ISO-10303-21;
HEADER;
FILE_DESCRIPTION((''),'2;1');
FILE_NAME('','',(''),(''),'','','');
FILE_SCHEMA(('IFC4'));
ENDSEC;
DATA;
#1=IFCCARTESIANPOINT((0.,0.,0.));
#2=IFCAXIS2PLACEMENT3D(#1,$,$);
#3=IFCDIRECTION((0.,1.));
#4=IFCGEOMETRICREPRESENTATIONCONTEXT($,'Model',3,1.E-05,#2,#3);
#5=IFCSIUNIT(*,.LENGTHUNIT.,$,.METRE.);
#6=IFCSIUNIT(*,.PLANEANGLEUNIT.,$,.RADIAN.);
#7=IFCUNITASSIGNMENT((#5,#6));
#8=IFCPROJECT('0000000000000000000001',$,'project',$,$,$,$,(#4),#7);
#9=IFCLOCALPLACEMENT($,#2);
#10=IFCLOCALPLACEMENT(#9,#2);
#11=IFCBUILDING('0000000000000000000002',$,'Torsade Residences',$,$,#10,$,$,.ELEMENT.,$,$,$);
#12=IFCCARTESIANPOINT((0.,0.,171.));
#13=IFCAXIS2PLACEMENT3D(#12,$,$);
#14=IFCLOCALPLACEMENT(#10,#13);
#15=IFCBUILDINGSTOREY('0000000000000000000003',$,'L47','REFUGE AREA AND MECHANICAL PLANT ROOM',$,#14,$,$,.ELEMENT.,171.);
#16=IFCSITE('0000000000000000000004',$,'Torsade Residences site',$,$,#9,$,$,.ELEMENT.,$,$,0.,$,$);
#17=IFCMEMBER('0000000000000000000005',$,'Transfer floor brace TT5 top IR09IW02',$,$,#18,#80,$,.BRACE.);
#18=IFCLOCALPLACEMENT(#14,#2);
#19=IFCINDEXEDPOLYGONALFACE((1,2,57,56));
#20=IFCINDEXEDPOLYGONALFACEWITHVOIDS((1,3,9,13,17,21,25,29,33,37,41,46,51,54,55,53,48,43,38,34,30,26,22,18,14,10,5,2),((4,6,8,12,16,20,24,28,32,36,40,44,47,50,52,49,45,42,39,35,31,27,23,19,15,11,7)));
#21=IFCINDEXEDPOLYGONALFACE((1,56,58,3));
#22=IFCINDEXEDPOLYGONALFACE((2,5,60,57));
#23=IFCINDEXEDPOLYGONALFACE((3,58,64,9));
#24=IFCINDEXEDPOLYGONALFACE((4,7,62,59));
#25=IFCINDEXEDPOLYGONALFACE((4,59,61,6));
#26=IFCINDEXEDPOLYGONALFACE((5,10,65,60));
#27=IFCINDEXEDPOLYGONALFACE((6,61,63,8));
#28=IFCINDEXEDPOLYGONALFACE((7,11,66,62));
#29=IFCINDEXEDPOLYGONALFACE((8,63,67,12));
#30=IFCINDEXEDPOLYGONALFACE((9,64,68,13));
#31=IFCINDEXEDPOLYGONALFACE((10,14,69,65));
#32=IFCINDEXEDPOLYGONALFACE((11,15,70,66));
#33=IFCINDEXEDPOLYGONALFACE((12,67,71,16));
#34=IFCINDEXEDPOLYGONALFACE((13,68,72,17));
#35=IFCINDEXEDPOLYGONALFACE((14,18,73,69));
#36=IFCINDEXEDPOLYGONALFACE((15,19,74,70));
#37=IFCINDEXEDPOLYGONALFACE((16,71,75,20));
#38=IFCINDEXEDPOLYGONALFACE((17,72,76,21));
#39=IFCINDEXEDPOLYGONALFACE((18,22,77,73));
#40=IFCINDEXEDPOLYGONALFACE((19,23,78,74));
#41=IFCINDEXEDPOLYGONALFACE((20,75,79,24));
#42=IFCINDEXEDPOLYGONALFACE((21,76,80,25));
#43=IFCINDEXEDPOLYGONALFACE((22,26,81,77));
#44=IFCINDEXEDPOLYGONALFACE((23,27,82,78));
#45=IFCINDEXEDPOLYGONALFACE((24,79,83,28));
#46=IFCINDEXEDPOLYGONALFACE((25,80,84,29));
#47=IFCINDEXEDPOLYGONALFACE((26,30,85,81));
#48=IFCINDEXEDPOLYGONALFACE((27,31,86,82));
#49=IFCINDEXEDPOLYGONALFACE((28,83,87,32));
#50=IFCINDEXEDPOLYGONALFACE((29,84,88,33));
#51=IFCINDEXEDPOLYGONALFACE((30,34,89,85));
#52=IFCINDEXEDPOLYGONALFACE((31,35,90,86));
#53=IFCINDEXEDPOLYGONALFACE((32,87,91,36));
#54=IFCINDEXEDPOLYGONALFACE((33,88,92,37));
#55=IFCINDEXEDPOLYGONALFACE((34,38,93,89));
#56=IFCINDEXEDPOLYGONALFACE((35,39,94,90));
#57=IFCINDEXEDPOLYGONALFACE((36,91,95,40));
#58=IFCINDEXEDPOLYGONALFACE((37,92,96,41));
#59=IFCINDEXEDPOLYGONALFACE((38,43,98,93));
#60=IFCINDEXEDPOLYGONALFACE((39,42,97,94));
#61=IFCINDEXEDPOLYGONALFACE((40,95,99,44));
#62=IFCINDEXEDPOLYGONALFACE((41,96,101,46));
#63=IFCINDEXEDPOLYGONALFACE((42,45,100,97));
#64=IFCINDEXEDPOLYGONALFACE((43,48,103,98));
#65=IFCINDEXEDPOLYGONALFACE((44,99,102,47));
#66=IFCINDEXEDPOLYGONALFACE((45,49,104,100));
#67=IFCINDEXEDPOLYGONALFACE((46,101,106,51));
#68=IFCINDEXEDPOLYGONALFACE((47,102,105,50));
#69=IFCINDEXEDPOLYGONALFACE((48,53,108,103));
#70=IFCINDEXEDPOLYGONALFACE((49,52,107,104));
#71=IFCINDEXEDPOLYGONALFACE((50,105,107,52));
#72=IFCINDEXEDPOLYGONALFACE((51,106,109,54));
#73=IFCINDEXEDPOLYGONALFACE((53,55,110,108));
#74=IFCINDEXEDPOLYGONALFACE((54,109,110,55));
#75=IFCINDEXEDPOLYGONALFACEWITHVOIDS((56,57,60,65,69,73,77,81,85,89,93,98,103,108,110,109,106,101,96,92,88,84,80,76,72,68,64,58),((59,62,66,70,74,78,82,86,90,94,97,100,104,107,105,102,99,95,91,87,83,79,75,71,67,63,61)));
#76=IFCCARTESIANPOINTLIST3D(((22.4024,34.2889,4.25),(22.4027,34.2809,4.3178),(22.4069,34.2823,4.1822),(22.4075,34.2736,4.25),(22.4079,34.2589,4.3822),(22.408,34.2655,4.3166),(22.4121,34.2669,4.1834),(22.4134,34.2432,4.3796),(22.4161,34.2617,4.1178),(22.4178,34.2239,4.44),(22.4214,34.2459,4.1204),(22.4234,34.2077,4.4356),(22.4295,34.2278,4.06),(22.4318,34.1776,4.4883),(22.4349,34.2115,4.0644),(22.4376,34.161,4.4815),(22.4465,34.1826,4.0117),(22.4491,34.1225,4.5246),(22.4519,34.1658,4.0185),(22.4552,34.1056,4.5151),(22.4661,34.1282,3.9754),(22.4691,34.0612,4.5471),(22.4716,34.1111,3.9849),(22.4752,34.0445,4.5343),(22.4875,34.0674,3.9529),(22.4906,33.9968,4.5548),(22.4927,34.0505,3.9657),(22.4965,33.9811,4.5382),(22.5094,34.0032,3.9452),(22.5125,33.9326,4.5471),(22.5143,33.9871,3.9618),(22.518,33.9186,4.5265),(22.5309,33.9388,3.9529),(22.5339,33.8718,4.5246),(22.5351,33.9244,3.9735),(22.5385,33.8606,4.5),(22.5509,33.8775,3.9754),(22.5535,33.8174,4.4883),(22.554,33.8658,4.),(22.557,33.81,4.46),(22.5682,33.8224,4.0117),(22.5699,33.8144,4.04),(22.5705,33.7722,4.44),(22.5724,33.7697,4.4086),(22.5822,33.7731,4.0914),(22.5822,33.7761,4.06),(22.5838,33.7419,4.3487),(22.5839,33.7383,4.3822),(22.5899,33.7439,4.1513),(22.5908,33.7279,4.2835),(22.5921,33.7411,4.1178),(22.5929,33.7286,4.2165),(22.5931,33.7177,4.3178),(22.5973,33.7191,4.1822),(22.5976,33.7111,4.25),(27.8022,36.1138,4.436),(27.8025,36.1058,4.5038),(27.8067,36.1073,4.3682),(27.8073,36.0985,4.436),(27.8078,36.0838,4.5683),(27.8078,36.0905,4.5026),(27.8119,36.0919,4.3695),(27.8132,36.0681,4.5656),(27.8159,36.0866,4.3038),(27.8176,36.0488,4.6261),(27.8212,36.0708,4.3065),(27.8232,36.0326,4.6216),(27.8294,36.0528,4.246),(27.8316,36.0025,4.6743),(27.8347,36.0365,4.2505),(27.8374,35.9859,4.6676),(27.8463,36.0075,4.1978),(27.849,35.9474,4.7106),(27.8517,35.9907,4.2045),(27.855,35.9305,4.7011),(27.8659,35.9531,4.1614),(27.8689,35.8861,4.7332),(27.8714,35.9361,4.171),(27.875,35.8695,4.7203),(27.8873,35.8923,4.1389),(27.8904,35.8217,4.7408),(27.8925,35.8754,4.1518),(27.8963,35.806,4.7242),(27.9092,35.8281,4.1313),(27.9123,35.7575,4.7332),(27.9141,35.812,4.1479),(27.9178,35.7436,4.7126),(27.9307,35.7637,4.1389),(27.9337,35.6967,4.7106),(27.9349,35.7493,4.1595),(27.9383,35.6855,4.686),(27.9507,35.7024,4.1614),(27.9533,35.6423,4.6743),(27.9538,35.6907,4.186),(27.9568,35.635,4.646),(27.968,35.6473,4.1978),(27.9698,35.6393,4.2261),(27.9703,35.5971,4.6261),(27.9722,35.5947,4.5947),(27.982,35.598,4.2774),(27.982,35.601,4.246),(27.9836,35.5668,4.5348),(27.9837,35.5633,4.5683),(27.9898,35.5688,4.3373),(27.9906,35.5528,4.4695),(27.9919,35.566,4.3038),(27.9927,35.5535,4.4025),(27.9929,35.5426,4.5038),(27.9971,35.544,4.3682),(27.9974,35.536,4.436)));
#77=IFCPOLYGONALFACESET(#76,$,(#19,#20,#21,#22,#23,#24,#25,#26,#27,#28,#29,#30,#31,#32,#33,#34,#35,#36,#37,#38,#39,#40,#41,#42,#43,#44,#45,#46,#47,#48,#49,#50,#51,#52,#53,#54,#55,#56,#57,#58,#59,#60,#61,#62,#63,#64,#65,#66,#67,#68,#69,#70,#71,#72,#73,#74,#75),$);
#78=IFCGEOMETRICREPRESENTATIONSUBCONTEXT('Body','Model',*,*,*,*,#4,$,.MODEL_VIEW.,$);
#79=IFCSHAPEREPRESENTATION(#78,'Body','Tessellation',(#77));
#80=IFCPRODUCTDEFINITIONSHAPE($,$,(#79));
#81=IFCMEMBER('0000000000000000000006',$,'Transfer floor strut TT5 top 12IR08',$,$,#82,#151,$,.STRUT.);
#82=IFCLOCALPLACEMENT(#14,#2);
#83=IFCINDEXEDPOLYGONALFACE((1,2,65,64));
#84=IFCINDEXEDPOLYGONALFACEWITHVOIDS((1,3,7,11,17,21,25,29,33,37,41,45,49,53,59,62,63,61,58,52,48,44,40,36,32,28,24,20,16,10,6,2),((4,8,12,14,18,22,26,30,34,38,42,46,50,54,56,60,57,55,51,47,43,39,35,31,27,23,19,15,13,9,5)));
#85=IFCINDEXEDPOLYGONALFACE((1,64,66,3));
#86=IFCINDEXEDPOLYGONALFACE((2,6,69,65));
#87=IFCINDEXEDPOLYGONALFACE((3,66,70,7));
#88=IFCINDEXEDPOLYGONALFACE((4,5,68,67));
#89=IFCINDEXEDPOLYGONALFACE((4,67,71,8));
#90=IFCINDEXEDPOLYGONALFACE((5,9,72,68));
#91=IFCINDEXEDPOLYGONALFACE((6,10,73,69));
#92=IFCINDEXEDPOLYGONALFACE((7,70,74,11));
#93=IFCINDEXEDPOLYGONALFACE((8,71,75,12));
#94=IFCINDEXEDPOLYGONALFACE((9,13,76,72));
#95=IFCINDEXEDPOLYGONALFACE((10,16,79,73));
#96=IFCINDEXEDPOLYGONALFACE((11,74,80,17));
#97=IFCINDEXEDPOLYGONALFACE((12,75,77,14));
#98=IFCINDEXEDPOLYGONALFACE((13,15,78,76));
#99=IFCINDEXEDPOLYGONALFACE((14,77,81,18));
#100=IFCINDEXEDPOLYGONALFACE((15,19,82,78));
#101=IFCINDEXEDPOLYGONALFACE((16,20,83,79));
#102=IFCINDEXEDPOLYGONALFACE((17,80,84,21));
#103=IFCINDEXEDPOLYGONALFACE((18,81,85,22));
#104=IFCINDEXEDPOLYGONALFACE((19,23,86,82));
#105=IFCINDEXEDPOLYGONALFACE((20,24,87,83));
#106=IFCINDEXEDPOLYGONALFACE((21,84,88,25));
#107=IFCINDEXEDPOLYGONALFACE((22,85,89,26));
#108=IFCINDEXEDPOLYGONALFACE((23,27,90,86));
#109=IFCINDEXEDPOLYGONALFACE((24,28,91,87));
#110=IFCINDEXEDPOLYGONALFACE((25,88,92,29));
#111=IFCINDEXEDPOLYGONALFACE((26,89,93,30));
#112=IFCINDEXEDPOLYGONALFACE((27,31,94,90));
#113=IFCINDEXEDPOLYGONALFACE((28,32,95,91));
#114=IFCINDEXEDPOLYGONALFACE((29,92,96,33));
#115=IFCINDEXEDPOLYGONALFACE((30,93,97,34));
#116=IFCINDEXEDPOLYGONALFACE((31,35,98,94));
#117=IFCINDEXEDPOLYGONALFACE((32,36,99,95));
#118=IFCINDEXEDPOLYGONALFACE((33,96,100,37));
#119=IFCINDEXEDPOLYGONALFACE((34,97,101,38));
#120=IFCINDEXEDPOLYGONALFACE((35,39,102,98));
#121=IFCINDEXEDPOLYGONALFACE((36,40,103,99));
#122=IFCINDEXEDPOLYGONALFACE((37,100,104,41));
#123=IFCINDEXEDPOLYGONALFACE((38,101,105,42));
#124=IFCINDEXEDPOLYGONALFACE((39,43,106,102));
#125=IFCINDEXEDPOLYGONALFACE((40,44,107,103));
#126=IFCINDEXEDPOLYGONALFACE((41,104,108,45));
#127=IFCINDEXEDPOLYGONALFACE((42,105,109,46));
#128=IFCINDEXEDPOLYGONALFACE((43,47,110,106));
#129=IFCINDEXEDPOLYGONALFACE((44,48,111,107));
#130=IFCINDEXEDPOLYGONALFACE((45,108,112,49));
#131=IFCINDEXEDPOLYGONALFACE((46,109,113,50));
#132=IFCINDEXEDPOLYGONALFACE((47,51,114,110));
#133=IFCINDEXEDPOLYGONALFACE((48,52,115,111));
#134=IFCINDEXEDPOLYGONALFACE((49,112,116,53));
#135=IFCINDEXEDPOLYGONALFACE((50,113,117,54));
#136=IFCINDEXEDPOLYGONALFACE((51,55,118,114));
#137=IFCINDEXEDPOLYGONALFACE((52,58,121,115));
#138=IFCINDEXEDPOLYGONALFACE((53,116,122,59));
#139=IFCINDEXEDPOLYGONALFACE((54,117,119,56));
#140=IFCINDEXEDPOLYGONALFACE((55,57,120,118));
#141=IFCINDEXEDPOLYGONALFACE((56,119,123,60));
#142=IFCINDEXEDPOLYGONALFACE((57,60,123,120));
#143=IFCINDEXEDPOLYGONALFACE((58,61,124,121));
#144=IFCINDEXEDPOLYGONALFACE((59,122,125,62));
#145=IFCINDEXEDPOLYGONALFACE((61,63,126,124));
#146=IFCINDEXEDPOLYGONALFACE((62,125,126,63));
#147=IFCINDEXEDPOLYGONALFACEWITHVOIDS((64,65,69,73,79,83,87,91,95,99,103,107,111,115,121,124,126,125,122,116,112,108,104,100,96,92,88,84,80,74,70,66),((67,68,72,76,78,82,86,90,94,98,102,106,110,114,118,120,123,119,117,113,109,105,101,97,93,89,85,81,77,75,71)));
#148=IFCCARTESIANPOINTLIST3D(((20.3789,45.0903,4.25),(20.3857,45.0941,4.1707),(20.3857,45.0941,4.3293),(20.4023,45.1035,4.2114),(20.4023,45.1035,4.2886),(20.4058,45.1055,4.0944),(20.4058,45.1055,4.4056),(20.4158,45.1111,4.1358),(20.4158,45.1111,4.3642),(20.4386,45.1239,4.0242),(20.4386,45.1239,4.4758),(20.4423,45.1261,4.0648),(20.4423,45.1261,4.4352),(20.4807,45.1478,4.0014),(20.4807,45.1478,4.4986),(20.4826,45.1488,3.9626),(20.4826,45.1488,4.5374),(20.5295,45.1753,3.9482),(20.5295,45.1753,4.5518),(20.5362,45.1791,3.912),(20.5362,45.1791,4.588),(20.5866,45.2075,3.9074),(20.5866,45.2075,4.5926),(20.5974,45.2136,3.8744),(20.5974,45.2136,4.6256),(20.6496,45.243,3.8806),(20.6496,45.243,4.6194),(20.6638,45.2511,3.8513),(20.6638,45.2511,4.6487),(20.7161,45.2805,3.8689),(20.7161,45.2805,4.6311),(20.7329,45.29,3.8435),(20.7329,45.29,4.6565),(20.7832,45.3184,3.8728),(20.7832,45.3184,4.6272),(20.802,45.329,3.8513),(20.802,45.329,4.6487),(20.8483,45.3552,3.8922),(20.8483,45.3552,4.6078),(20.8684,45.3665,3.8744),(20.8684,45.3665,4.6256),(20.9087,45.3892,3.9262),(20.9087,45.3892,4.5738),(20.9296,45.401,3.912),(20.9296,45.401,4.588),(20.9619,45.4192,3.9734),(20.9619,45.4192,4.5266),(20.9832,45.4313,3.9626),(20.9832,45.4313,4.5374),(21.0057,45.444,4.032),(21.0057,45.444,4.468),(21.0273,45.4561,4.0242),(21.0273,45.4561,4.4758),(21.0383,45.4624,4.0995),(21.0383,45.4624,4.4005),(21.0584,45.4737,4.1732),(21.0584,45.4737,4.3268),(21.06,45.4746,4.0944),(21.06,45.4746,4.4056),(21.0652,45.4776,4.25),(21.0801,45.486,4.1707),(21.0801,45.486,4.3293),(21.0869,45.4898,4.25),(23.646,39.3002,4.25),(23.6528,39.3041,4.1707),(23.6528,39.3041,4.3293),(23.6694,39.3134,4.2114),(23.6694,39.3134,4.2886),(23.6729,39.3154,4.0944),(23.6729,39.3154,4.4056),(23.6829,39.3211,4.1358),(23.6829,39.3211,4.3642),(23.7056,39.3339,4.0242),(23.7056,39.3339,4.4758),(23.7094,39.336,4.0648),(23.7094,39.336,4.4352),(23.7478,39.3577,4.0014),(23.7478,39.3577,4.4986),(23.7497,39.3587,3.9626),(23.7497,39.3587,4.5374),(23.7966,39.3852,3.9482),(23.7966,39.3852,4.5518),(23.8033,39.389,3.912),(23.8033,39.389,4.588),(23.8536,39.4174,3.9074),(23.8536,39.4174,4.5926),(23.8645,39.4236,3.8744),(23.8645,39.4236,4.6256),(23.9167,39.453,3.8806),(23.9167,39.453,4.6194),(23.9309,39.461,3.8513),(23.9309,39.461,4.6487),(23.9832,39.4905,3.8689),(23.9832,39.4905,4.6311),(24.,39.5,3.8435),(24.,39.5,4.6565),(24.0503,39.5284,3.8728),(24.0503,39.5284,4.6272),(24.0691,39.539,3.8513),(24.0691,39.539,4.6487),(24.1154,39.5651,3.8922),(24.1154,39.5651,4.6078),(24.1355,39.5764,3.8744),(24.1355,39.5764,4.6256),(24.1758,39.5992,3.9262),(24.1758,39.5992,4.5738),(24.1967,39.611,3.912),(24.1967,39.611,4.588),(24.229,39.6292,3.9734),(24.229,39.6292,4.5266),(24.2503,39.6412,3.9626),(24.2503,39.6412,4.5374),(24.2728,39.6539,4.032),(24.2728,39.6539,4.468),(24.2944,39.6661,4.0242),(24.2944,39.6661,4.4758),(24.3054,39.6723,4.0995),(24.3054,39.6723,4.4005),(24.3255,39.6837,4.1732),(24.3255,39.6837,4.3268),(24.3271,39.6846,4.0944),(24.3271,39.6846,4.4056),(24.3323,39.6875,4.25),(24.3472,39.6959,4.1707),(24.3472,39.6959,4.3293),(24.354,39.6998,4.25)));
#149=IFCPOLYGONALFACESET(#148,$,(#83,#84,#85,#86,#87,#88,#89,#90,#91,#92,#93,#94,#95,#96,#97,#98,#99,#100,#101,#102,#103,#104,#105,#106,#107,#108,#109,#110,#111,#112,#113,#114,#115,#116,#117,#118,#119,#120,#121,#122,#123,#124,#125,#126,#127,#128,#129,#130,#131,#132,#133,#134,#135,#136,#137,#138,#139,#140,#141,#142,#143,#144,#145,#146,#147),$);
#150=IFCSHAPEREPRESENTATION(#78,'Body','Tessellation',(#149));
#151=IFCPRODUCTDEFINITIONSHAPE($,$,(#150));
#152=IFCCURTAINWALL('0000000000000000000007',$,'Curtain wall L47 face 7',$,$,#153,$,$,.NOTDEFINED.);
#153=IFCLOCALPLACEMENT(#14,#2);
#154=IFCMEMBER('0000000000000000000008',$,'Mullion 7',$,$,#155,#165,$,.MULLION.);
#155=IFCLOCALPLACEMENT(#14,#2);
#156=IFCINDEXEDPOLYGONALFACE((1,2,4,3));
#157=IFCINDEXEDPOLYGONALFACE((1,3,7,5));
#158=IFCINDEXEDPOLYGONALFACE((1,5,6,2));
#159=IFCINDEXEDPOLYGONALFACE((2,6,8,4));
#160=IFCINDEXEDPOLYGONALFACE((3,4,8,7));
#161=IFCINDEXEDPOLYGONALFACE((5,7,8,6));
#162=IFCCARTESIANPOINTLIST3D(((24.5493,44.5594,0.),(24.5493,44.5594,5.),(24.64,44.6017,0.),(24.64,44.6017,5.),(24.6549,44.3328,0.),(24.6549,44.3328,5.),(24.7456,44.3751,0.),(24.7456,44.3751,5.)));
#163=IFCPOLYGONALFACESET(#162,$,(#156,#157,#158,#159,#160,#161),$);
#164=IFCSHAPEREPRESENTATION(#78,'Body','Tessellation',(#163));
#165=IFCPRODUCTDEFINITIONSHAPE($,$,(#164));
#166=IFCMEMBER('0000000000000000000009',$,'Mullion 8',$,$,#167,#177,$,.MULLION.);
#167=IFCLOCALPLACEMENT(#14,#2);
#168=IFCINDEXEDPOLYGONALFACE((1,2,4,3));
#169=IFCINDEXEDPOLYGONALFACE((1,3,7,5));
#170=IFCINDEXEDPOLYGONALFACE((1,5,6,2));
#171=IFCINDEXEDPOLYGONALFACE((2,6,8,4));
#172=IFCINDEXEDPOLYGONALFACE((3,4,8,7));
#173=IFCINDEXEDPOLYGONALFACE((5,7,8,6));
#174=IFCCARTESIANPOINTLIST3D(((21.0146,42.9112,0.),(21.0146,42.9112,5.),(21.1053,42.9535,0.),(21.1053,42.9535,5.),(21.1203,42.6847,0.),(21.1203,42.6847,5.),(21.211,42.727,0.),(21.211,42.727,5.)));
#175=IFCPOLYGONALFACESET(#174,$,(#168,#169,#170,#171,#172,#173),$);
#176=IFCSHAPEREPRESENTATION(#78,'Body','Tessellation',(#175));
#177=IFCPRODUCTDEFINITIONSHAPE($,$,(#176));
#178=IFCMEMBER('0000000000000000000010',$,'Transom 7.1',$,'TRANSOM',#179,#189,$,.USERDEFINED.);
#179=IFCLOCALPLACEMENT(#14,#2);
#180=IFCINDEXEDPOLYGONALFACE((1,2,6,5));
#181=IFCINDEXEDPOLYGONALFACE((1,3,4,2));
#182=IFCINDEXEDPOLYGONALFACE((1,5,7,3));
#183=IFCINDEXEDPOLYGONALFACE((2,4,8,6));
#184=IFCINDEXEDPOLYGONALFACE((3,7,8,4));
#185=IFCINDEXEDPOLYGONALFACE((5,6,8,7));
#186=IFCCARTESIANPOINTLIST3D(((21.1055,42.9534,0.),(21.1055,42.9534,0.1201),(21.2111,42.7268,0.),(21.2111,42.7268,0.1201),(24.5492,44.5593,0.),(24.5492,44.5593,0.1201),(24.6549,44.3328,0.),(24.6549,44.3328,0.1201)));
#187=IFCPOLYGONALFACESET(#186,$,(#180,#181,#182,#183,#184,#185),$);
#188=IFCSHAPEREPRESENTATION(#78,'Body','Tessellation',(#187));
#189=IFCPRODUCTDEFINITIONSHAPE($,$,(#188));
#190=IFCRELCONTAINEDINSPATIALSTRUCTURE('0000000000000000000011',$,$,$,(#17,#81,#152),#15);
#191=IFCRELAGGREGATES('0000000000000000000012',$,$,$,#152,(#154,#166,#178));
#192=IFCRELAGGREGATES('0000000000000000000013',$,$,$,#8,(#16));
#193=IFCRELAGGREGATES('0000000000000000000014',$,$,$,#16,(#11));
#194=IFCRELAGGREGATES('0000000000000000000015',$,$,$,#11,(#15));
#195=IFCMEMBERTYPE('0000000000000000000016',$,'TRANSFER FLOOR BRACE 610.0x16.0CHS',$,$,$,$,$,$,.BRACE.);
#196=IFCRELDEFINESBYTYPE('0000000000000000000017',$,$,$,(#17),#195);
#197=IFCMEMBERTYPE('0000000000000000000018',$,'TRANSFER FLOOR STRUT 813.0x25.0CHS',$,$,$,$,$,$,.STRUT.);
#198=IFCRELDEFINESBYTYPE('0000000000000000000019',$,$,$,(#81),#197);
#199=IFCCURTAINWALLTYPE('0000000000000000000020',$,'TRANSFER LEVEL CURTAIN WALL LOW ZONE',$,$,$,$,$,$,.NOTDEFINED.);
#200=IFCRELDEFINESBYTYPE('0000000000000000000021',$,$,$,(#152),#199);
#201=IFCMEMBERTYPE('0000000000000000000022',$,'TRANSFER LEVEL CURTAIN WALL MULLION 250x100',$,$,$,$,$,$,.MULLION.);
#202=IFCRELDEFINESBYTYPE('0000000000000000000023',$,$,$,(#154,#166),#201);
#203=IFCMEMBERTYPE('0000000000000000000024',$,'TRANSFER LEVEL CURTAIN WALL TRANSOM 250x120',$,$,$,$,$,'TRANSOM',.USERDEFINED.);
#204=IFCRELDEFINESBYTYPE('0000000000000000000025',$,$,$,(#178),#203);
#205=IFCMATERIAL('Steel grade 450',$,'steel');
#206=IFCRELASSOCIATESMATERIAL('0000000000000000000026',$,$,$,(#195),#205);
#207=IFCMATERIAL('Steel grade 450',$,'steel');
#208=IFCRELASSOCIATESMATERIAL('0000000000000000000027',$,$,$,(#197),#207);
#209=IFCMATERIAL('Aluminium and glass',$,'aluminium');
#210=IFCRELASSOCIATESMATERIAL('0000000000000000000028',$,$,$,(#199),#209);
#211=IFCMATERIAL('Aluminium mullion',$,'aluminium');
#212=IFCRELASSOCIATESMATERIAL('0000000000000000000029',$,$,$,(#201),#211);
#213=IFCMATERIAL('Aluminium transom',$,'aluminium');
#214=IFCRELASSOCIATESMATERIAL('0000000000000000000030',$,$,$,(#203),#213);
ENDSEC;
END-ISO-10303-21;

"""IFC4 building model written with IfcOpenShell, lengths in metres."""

from ifc_helpers import new_model, si_unit, direction, frame, origin, origin_2d, place, context, subcontext, project, spatial, rectangle, hollow_circle, extrude, material, material_profile, profile_set, type_object, element, aggregate, save


model = new_model("IFC4")

# Units and contexts
model_context = context("Model", 3, precision=1e-05, world=origin(), true_north=direction((0.0, 1.0)))
body_context = subcontext(model_context, "Body", "Model", "MODEL_VIEW")
ifc_project = project(units=[si_unit("LENGTHUNIT", "METRE"), si_unit("PLANEANGLEUNIT", "RADIAN")], contexts=[model_context])

# Site, building, storey
site_placement = place(None, origin())
site = spatial("IfcSite", under=ifc_project, at=site_placement, Name="Torsade Residences site", CompositionType="ELEMENT", RefElevation=0.0)
building_placement = place(site_placement, origin())
building = spatial("IfcBuilding", under=site, at=building_placement, Name="Torsade Residences", CompositionType="ELEMENT")
storey_placement = place(building_placement, frame((0.0, 0.0, 171.0)))
storey = spatial("IfcBuildingStorey", under=building, at=storey_placement, Name="L47", Description="REFUGE AREA AND MECHANICAL PLANT ROOM", CompositionType="ELEMENT", Elevation=171.0)

# Members
ifc_material_1 = material(Name="Steel grade 450", Category="steel")
ifc_material_profile_1 = material_profile(ifc_material_1, hollow_circle(Radius=0.3049, WallThickness=0.0161, at=origin_2d()), Name="610.0x16.0CHS")
ifc_profile_set_1 = profile_set([ifc_material_profile_1], Name="Steel grade 450")
member_type_1 = type_object("IfcMemberType", Name="TRANSFER FLOOR BRACE 610.0x16.0CHS", PredefinedType="BRACE", material=ifc_profile_set_1)
member_1_placement = place(storey_placement, frame((22.5, 34.0, 4.25), z_axis=(0.946856, 0.319999, 0.032621), x_axis=(-0.32017, 0.94736, 0.0)))
element("IfcMember", 1, at=member_1_placement, inside=storey, type_object=member_type_1, Name="Transfer floor brace TT5 top IR09IW02", PredefinedType="BRACE", context=body_context, shape_type="SweptSolid", body=[
    extrude(hollow_circle(Radius=0.3049, WallThickness=0.0161, at=origin_2d()), origin(), (0.0, 0.0, 1.0), 5.7029),
])
ifc_material_2 = material(Name="Steel grade 450", Category="steel")
ifc_material_profile_2 = material_profile(ifc_material_2, hollow_circle(Radius=0.4065, WallThickness=0.0249, at=origin_2d()), Name="813.0x25.0CHS")
ifc_profile_set_2 = profile_set([ifc_material_profile_2], Name="Steel grade 450")
member_type_2 = type_object("IfcMemberType", Name="TRANSFER FLOOR STRUT 813.0x25.0CHS", PredefinedType="STRUT", material=ifc_profile_set_2)
member_2_placement = place(storey_placement, frame((20.7329, 45.29, 4.25), z_axis=(0.491425, -0.87092, 0.0), x_axis=(0.87092, 0.491425, 0.0)))
element("IfcMember", 2, at=member_2_placement, inside=storey, type_object=member_type_2, Name="Transfer floor strut TT5 top 12IR08", PredefinedType="STRUT", context=body_context, shape_type="SweptSolid", body=[
    extrude(hollow_circle(Radius=0.4065, WallThickness=0.0249, at=origin_2d()), origin(), (0.0, 0.0, 1.0), 6.6482),
])

# Curtain wall, members
ifc_material_3 = material(Name="Aluminium and glass", Category="aluminium")
curtain_wall_type = type_object("IfcCurtainWallType", Name="TRANSFER LEVEL CURTAIN WALL LOW ZONE", PredefinedType="NOTDEFINED", material=ifc_material_3)
curtain_wall_placement = place(storey_placement, origin())
curtain_wall = element("IfcCurtainWall", 3, at=curtain_wall_placement, inside=storey, type_object=curtain_wall_type, Name="Curtain wall L47 face 7", PredefinedType="NOTDEFINED")
ifc_material_4 = material(Name="Aluminium mullion", Category="aluminium")
ifc_material_profile_3 = material_profile(ifc_material_4, rectangle(XDim=0.25, YDim=0.1001, at=origin_2d()), Name="TRANSFER LEVEL CURTAIN WALL MULLION 250x100")
ifc_profile_set_3 = profile_set([ifc_material_profile_3], Name="Aluminium mullion")
member_type_3 = type_object("IfcMemberType", Name="TRANSFER LEVEL CURTAIN WALL MULLION 250x100", PredefinedType="MULLION", material=ifc_profile_set_3)
member_3_placement = place(storey_placement, frame((24.6475, 44.4673, 0.0), z_axis=(0.0, 0.0, 1.0), x_axis=(0.422618, -0.906308, 0.0)))
member_3 = element("IfcMember", 4, at=member_3_placement, type_object=member_type_3, Name="Mullion 7", PredefinedType="MULLION", context=body_context, shape_type="SweptSolid", body=[
    extrude(rectangle(XDim=0.25, YDim=0.1001, at=origin_2d()), origin(), (0.0, 0.0, 1.0), 5.0),
])
member_4_placement = place(storey_placement, frame((21.1128, 42.8191, 0.0), z_axis=(0.0, 0.0, 1.0), x_axis=(0.422618, -0.906308, 0.0)))
member_4 = element("IfcMember", 5, at=member_4_placement, type_object=member_type_3, Name="Mullion 8", PredefinedType="MULLION", context=body_context, shape_type="SweptSolid", body=[
    extrude(rectangle(XDim=0.25, YDim=0.1001, at=origin_2d()), origin(), (0.0, 0.0, 1.0), 5.0),
])
ifc_material_5 = material(Name="Aluminium transom", Category="aluminium")
ifc_material_profile_4 = material_profile(ifc_material_5, rectangle(XDim=0.25, YDim=0.1201, at=origin_2d()), Name="TRANSFER LEVEL CURTAIN WALL TRANSOM 250x120")
ifc_profile_set_4 = profile_set([ifc_material_profile_4], Name="Aluminium transom")
member_type_4 = type_object("IfcMemberType", Name="TRANSFER LEVEL CURTAIN WALL TRANSOM 250x120", ElementType="TRANSOM", PredefinedType="USERDEFINED", material=ifc_profile_set_4)
member_5_placement = place(storey_placement, frame((24.6021, 44.446, 0.0601), z_axis=(-0.906301, -0.422632, 0.0), x_axis=(0.422632, -0.906301, 0.0)))
member_5 = element("IfcMember", 6, at=member_5_placement, type_object=member_type_4, Name="Transom 7.1", ObjectType="TRANSOM", PredefinedType="USERDEFINED", context=body_context, shape_type="SweptSolid", body=[
    extrude(rectangle(XDim=0.25, YDim=0.1201, at=origin_2d()), origin(), (0.0, 0.0, 1.0), 3.7998),
])

aggregate(curtain_wall, [member_3, member_4, member_5])

save(model, "model.ifc")
